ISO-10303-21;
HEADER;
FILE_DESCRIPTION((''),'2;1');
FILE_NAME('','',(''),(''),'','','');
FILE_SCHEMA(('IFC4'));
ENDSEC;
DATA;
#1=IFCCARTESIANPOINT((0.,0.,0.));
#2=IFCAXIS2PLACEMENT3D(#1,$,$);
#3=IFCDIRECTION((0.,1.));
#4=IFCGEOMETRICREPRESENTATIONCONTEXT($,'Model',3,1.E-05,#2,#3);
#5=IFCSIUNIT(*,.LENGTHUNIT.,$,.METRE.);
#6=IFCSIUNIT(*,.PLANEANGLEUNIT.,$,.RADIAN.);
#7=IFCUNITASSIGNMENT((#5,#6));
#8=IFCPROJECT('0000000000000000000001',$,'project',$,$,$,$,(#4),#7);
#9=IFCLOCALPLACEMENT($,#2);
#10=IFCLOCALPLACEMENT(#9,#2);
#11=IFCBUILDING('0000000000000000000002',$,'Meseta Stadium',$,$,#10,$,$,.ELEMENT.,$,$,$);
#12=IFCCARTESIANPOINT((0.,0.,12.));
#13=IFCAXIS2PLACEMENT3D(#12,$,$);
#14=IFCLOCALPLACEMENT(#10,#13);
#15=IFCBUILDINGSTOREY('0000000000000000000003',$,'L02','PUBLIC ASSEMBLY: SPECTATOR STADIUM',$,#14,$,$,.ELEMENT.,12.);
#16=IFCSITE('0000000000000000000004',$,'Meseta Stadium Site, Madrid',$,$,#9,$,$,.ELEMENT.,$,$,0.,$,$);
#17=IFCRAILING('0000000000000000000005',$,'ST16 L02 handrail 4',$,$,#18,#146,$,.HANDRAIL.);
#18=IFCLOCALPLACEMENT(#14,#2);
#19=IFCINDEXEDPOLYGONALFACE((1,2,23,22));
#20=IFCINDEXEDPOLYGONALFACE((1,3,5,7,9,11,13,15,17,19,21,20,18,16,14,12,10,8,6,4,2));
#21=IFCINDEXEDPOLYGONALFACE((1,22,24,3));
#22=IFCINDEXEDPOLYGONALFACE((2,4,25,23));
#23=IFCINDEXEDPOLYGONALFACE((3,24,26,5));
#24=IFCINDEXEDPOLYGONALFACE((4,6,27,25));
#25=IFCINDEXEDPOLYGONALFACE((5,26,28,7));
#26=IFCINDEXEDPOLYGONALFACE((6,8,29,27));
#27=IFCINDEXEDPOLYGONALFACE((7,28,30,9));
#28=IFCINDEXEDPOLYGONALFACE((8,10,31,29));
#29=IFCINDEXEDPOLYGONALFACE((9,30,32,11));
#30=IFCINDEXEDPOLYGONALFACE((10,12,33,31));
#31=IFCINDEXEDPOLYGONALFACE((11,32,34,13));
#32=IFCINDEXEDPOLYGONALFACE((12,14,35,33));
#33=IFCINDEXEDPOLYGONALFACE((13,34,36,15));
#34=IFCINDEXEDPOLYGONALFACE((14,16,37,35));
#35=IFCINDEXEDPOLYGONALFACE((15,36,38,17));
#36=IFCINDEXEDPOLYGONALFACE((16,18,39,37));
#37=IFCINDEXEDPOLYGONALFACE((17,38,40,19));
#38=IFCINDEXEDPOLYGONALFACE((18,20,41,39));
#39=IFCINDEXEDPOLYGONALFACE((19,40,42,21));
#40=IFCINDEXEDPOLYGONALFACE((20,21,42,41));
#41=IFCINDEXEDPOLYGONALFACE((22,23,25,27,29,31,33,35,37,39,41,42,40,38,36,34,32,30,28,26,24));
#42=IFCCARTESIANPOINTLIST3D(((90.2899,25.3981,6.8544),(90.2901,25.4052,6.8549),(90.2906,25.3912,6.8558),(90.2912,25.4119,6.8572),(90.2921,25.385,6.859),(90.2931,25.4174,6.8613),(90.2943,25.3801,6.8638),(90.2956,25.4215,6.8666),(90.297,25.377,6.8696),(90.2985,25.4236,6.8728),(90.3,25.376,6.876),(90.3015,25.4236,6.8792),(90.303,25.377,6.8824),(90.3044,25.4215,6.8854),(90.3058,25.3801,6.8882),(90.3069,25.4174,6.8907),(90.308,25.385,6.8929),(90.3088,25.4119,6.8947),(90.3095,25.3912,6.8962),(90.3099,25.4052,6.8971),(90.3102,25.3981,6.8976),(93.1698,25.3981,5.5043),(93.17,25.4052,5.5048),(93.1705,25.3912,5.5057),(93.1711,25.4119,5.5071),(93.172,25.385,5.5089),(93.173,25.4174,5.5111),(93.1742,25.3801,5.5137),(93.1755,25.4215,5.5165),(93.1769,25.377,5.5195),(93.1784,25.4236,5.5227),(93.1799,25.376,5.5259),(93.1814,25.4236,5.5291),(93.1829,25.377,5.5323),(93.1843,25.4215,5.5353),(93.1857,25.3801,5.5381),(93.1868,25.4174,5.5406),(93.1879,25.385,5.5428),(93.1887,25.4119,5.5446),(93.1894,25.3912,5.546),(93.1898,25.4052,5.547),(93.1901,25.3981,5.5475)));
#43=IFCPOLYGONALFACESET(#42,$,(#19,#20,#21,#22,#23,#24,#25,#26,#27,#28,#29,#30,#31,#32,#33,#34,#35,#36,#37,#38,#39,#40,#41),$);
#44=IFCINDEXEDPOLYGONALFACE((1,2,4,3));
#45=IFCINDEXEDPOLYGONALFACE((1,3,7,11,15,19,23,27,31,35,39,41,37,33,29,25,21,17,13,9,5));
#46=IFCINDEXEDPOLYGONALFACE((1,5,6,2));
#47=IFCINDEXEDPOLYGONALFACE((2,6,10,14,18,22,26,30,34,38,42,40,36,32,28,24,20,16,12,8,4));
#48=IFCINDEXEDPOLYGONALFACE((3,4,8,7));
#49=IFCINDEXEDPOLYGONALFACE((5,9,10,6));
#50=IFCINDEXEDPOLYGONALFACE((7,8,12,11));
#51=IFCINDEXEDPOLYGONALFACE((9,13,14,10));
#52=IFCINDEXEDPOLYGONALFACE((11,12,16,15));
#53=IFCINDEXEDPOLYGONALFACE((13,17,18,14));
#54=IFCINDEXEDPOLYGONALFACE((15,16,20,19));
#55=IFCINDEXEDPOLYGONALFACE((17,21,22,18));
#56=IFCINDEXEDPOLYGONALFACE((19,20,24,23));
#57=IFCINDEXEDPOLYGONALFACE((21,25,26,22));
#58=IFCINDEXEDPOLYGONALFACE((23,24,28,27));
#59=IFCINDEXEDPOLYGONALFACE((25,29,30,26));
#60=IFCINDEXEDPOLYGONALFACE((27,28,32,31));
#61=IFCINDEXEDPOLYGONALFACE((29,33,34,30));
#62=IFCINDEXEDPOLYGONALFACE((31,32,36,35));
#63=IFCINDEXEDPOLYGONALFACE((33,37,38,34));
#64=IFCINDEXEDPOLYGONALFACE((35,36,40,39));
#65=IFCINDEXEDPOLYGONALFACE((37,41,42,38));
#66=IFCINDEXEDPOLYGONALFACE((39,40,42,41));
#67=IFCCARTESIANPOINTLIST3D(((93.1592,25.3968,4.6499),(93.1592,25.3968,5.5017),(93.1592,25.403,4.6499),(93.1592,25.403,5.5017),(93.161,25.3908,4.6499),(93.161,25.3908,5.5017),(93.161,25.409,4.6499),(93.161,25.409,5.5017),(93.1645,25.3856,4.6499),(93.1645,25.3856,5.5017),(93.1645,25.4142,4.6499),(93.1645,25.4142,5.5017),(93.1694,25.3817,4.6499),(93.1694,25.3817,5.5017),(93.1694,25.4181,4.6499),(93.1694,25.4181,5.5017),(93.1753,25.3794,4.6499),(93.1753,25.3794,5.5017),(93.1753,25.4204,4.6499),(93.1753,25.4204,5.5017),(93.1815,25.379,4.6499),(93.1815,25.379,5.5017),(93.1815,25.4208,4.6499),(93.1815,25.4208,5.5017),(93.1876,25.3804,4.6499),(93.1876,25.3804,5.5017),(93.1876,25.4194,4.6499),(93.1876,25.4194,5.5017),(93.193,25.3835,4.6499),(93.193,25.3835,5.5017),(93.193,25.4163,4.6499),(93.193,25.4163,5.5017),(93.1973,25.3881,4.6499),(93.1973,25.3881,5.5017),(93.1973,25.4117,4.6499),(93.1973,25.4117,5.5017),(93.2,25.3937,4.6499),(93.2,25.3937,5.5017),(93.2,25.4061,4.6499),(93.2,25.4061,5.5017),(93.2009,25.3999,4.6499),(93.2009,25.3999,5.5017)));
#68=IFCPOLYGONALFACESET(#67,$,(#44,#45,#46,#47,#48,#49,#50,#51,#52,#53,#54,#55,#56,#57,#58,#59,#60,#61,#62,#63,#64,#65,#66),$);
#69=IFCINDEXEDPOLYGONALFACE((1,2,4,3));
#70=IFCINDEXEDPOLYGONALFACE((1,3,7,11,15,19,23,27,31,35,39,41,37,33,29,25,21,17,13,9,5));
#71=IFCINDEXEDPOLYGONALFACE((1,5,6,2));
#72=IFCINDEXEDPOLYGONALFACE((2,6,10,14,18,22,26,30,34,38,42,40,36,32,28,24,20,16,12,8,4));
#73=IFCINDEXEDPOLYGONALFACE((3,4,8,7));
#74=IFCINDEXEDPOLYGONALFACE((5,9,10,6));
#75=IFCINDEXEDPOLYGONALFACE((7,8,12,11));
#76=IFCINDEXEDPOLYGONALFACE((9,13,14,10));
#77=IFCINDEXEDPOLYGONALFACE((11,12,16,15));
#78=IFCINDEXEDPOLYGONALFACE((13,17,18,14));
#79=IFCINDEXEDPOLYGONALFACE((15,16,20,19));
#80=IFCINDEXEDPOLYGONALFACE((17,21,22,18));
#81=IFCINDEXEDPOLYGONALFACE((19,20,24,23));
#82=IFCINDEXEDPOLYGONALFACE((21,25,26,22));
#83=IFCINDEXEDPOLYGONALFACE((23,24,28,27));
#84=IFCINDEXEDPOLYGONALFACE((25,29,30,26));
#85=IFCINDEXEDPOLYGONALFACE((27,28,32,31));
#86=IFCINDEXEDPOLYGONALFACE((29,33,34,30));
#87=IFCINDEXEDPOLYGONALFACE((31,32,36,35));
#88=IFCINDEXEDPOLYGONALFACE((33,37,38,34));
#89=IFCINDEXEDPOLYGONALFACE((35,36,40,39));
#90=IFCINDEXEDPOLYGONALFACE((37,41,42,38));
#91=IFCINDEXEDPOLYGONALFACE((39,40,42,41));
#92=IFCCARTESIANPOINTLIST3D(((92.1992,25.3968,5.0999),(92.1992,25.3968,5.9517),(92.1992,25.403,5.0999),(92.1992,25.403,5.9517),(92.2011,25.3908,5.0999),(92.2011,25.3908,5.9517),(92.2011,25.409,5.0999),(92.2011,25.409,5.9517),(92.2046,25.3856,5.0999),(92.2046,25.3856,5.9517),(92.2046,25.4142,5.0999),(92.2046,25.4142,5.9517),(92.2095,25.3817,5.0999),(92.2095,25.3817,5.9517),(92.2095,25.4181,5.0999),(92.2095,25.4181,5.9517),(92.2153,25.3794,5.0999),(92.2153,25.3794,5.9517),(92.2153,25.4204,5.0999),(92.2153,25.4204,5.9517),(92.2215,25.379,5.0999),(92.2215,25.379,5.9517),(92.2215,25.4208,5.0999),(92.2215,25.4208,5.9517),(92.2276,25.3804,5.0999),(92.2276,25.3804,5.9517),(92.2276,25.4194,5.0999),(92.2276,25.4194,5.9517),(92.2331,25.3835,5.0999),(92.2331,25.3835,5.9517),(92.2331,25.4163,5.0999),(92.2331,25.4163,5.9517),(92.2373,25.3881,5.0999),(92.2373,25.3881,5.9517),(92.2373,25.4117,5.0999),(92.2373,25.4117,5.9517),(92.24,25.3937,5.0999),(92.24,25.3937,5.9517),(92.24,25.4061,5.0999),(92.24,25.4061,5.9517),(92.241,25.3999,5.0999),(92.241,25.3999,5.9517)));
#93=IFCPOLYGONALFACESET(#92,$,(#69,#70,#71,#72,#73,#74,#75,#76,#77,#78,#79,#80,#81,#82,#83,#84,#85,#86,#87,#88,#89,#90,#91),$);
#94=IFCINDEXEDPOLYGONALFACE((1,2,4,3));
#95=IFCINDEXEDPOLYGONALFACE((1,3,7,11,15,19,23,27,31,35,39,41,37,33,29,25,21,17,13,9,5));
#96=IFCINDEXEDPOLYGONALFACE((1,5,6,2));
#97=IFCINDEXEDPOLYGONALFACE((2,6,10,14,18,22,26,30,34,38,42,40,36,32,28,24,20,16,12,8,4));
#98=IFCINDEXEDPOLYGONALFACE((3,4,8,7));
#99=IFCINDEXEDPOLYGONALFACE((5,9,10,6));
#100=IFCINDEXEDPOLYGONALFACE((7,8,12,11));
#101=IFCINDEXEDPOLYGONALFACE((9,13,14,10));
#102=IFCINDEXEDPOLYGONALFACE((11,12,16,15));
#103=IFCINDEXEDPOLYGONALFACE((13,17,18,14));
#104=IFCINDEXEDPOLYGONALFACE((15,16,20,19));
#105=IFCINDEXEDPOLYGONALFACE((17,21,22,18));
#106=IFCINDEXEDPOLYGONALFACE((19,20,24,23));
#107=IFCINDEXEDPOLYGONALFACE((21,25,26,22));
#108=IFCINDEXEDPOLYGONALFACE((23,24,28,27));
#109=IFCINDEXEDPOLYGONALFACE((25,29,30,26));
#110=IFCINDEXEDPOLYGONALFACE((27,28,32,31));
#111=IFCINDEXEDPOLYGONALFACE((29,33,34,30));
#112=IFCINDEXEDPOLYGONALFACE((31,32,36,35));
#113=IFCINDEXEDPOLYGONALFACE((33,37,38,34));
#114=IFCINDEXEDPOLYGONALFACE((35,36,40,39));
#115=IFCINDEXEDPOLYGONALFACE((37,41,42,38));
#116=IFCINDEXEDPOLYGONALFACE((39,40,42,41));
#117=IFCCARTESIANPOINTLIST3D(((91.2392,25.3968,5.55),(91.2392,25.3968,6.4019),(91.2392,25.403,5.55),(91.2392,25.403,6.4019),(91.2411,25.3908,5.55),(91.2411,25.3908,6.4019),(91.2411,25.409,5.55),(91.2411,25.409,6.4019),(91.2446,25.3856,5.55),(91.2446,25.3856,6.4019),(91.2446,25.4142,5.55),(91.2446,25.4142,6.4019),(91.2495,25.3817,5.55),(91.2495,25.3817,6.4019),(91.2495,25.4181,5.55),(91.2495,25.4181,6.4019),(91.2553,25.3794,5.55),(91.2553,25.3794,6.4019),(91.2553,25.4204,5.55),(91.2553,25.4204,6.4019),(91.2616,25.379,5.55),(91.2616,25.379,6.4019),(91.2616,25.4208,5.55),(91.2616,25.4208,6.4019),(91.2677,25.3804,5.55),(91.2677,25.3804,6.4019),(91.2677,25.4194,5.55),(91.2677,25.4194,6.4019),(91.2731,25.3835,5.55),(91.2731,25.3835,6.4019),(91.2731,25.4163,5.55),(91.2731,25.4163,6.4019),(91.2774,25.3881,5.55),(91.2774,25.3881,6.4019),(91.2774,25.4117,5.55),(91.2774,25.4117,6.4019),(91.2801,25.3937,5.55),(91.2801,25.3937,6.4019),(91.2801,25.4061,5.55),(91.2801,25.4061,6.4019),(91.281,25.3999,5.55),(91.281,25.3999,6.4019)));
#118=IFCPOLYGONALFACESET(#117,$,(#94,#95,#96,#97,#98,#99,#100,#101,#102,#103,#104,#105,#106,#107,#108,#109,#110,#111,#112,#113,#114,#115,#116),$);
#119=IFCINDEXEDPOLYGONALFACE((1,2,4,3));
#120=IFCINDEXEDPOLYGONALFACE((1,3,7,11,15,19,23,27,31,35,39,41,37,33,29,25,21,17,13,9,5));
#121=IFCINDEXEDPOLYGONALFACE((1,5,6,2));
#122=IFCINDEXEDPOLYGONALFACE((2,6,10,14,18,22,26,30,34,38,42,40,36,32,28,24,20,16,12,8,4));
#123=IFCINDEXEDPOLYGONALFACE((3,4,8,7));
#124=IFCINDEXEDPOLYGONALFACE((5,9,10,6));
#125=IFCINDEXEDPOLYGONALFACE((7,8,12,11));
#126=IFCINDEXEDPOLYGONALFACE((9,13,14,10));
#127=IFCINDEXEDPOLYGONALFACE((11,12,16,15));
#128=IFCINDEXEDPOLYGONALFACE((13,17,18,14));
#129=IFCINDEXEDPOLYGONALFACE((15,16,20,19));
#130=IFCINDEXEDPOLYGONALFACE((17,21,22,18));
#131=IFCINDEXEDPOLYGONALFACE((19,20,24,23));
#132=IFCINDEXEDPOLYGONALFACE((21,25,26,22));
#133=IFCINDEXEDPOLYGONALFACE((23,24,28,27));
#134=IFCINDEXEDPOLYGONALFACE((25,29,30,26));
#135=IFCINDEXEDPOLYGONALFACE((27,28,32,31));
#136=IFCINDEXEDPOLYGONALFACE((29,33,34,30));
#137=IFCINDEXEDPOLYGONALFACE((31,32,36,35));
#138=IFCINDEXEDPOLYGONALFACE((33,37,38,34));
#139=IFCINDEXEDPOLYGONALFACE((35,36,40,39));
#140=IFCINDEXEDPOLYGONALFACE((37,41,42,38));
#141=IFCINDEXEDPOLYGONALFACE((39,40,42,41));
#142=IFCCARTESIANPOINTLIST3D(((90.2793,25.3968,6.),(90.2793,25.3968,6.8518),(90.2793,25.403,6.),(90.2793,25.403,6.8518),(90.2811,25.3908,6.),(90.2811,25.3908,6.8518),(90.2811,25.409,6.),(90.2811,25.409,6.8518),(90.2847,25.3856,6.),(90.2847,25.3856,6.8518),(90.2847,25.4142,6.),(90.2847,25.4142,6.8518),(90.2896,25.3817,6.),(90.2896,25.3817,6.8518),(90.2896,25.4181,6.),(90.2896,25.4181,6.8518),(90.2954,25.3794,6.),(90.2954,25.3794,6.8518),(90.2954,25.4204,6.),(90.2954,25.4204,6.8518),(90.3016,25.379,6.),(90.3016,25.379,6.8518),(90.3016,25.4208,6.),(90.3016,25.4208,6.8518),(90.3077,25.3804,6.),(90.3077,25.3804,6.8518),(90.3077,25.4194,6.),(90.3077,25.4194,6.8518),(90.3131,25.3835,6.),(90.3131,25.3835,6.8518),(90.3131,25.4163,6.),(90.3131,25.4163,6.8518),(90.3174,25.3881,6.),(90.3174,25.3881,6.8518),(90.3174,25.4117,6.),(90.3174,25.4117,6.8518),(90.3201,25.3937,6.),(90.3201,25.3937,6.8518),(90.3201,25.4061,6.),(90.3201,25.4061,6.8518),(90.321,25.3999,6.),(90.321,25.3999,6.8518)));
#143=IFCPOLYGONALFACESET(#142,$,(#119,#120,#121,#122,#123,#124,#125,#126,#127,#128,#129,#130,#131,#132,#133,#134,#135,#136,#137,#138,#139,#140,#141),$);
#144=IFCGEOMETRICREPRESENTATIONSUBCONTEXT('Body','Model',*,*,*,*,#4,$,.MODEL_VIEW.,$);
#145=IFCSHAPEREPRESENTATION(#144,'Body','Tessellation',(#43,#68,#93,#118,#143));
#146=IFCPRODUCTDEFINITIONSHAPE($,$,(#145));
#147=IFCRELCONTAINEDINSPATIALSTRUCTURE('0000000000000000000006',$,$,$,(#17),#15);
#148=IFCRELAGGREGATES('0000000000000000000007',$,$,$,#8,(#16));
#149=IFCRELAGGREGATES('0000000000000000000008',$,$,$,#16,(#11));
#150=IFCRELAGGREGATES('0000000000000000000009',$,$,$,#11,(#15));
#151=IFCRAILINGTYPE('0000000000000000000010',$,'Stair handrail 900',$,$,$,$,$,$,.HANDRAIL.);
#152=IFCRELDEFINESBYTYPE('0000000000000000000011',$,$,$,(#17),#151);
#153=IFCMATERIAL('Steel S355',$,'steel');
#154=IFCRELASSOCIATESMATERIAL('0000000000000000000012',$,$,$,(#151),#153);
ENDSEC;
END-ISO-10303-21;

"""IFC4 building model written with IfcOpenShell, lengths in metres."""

from ifc_helpers import new_model, si_unit, direction, frame, origin, origin_2d, place, context, subcontext, project, spatial, circle, extrude, material, type_object, element, save


model = new_model("IFC4")

# Units and contexts
model_context = context("Model", 3, precision=1e-05, world=origin(), true_north=direction((0.0, 1.0)))
body_context = subcontext(model_context, "Body", "Model", "MODEL_VIEW")
ifc_project = project(units=[si_unit("LENGTHUNIT", "METRE"), si_unit("PLANEANGLEUNIT", "RADIAN")], contexts=[model_context])

# Site, building, storey
site_placement = place(None, origin())
site = spatial("IfcSite", under=ifc_project, at=site_placement, Name="Meseta Stadium Site, Madrid", CompositionType="ELEMENT", RefElevation=0.0)
building_placement = place(site_placement, origin())
building = spatial("IfcBuilding", under=site, at=building_placement, Name="Meseta Stadium", CompositionType="ELEMENT")
storey_placement = place(building_placement, frame((0.0, 0.0, 12.0)))
storey = spatial("IfcBuildingStorey", under=building, at=storey_placement, Name="L02", Description="PUBLIC ASSEMBLY: SPECTATOR STADIUM", CompositionType="ELEMENT", Elevation=12.0)

# Railing
ifc_material_1 = material(Name="Steel S355", Category="steel")
railing_type_1 = type_object("IfcRailingType", Name="Stair handrail 900", PredefinedType="HANDRAIL", material=ifc_material_1)
for number, where, name in (
    (1, (93.1799, 25.3999, 4.6499), "ST16 L02 handrail 4"),
):
    element("IfcRailing", number, at=place(storey_placement, frame(where)), inside=storey, type_object=railing_type_1, Name=name, PredefinedType="HANDRAIL", context=body_context, shape_type="SweptSolid", body=[
        extrude(circle(Radius=0.0239, at=origin_2d()), frame((0.0, 0.0, 0.876), z_axis=(-0.90544, 0.0, 0.424473), x_axis=(0.0, -1.0, 0.0)), (0.0, 0.0, 1.0), 3.1807),
        extrude(circle(Radius=0.021, at=origin_2d()), origin(), (0.0, 0.0, 1.0), 0.8518),
        extrude(circle(Radius=0.021, at=origin_2d()), frame((-0.96, 0.0, 0.45)), (0.0, 0.0, 1.0), 0.8518),
        extrude(circle(Radius=0.021, at=origin_2d()), frame((-1.9199, 0.0, 0.9001)), (0.0, 0.0, 1.0), 0.8518),
        extrude(circle(Radius=0.021, at=origin_2d()), frame((-2.8799, 0.0, 1.3501)), (0.0, 0.0, 1.0), 0.8518),
    ])

save(model, "model.ifc")
